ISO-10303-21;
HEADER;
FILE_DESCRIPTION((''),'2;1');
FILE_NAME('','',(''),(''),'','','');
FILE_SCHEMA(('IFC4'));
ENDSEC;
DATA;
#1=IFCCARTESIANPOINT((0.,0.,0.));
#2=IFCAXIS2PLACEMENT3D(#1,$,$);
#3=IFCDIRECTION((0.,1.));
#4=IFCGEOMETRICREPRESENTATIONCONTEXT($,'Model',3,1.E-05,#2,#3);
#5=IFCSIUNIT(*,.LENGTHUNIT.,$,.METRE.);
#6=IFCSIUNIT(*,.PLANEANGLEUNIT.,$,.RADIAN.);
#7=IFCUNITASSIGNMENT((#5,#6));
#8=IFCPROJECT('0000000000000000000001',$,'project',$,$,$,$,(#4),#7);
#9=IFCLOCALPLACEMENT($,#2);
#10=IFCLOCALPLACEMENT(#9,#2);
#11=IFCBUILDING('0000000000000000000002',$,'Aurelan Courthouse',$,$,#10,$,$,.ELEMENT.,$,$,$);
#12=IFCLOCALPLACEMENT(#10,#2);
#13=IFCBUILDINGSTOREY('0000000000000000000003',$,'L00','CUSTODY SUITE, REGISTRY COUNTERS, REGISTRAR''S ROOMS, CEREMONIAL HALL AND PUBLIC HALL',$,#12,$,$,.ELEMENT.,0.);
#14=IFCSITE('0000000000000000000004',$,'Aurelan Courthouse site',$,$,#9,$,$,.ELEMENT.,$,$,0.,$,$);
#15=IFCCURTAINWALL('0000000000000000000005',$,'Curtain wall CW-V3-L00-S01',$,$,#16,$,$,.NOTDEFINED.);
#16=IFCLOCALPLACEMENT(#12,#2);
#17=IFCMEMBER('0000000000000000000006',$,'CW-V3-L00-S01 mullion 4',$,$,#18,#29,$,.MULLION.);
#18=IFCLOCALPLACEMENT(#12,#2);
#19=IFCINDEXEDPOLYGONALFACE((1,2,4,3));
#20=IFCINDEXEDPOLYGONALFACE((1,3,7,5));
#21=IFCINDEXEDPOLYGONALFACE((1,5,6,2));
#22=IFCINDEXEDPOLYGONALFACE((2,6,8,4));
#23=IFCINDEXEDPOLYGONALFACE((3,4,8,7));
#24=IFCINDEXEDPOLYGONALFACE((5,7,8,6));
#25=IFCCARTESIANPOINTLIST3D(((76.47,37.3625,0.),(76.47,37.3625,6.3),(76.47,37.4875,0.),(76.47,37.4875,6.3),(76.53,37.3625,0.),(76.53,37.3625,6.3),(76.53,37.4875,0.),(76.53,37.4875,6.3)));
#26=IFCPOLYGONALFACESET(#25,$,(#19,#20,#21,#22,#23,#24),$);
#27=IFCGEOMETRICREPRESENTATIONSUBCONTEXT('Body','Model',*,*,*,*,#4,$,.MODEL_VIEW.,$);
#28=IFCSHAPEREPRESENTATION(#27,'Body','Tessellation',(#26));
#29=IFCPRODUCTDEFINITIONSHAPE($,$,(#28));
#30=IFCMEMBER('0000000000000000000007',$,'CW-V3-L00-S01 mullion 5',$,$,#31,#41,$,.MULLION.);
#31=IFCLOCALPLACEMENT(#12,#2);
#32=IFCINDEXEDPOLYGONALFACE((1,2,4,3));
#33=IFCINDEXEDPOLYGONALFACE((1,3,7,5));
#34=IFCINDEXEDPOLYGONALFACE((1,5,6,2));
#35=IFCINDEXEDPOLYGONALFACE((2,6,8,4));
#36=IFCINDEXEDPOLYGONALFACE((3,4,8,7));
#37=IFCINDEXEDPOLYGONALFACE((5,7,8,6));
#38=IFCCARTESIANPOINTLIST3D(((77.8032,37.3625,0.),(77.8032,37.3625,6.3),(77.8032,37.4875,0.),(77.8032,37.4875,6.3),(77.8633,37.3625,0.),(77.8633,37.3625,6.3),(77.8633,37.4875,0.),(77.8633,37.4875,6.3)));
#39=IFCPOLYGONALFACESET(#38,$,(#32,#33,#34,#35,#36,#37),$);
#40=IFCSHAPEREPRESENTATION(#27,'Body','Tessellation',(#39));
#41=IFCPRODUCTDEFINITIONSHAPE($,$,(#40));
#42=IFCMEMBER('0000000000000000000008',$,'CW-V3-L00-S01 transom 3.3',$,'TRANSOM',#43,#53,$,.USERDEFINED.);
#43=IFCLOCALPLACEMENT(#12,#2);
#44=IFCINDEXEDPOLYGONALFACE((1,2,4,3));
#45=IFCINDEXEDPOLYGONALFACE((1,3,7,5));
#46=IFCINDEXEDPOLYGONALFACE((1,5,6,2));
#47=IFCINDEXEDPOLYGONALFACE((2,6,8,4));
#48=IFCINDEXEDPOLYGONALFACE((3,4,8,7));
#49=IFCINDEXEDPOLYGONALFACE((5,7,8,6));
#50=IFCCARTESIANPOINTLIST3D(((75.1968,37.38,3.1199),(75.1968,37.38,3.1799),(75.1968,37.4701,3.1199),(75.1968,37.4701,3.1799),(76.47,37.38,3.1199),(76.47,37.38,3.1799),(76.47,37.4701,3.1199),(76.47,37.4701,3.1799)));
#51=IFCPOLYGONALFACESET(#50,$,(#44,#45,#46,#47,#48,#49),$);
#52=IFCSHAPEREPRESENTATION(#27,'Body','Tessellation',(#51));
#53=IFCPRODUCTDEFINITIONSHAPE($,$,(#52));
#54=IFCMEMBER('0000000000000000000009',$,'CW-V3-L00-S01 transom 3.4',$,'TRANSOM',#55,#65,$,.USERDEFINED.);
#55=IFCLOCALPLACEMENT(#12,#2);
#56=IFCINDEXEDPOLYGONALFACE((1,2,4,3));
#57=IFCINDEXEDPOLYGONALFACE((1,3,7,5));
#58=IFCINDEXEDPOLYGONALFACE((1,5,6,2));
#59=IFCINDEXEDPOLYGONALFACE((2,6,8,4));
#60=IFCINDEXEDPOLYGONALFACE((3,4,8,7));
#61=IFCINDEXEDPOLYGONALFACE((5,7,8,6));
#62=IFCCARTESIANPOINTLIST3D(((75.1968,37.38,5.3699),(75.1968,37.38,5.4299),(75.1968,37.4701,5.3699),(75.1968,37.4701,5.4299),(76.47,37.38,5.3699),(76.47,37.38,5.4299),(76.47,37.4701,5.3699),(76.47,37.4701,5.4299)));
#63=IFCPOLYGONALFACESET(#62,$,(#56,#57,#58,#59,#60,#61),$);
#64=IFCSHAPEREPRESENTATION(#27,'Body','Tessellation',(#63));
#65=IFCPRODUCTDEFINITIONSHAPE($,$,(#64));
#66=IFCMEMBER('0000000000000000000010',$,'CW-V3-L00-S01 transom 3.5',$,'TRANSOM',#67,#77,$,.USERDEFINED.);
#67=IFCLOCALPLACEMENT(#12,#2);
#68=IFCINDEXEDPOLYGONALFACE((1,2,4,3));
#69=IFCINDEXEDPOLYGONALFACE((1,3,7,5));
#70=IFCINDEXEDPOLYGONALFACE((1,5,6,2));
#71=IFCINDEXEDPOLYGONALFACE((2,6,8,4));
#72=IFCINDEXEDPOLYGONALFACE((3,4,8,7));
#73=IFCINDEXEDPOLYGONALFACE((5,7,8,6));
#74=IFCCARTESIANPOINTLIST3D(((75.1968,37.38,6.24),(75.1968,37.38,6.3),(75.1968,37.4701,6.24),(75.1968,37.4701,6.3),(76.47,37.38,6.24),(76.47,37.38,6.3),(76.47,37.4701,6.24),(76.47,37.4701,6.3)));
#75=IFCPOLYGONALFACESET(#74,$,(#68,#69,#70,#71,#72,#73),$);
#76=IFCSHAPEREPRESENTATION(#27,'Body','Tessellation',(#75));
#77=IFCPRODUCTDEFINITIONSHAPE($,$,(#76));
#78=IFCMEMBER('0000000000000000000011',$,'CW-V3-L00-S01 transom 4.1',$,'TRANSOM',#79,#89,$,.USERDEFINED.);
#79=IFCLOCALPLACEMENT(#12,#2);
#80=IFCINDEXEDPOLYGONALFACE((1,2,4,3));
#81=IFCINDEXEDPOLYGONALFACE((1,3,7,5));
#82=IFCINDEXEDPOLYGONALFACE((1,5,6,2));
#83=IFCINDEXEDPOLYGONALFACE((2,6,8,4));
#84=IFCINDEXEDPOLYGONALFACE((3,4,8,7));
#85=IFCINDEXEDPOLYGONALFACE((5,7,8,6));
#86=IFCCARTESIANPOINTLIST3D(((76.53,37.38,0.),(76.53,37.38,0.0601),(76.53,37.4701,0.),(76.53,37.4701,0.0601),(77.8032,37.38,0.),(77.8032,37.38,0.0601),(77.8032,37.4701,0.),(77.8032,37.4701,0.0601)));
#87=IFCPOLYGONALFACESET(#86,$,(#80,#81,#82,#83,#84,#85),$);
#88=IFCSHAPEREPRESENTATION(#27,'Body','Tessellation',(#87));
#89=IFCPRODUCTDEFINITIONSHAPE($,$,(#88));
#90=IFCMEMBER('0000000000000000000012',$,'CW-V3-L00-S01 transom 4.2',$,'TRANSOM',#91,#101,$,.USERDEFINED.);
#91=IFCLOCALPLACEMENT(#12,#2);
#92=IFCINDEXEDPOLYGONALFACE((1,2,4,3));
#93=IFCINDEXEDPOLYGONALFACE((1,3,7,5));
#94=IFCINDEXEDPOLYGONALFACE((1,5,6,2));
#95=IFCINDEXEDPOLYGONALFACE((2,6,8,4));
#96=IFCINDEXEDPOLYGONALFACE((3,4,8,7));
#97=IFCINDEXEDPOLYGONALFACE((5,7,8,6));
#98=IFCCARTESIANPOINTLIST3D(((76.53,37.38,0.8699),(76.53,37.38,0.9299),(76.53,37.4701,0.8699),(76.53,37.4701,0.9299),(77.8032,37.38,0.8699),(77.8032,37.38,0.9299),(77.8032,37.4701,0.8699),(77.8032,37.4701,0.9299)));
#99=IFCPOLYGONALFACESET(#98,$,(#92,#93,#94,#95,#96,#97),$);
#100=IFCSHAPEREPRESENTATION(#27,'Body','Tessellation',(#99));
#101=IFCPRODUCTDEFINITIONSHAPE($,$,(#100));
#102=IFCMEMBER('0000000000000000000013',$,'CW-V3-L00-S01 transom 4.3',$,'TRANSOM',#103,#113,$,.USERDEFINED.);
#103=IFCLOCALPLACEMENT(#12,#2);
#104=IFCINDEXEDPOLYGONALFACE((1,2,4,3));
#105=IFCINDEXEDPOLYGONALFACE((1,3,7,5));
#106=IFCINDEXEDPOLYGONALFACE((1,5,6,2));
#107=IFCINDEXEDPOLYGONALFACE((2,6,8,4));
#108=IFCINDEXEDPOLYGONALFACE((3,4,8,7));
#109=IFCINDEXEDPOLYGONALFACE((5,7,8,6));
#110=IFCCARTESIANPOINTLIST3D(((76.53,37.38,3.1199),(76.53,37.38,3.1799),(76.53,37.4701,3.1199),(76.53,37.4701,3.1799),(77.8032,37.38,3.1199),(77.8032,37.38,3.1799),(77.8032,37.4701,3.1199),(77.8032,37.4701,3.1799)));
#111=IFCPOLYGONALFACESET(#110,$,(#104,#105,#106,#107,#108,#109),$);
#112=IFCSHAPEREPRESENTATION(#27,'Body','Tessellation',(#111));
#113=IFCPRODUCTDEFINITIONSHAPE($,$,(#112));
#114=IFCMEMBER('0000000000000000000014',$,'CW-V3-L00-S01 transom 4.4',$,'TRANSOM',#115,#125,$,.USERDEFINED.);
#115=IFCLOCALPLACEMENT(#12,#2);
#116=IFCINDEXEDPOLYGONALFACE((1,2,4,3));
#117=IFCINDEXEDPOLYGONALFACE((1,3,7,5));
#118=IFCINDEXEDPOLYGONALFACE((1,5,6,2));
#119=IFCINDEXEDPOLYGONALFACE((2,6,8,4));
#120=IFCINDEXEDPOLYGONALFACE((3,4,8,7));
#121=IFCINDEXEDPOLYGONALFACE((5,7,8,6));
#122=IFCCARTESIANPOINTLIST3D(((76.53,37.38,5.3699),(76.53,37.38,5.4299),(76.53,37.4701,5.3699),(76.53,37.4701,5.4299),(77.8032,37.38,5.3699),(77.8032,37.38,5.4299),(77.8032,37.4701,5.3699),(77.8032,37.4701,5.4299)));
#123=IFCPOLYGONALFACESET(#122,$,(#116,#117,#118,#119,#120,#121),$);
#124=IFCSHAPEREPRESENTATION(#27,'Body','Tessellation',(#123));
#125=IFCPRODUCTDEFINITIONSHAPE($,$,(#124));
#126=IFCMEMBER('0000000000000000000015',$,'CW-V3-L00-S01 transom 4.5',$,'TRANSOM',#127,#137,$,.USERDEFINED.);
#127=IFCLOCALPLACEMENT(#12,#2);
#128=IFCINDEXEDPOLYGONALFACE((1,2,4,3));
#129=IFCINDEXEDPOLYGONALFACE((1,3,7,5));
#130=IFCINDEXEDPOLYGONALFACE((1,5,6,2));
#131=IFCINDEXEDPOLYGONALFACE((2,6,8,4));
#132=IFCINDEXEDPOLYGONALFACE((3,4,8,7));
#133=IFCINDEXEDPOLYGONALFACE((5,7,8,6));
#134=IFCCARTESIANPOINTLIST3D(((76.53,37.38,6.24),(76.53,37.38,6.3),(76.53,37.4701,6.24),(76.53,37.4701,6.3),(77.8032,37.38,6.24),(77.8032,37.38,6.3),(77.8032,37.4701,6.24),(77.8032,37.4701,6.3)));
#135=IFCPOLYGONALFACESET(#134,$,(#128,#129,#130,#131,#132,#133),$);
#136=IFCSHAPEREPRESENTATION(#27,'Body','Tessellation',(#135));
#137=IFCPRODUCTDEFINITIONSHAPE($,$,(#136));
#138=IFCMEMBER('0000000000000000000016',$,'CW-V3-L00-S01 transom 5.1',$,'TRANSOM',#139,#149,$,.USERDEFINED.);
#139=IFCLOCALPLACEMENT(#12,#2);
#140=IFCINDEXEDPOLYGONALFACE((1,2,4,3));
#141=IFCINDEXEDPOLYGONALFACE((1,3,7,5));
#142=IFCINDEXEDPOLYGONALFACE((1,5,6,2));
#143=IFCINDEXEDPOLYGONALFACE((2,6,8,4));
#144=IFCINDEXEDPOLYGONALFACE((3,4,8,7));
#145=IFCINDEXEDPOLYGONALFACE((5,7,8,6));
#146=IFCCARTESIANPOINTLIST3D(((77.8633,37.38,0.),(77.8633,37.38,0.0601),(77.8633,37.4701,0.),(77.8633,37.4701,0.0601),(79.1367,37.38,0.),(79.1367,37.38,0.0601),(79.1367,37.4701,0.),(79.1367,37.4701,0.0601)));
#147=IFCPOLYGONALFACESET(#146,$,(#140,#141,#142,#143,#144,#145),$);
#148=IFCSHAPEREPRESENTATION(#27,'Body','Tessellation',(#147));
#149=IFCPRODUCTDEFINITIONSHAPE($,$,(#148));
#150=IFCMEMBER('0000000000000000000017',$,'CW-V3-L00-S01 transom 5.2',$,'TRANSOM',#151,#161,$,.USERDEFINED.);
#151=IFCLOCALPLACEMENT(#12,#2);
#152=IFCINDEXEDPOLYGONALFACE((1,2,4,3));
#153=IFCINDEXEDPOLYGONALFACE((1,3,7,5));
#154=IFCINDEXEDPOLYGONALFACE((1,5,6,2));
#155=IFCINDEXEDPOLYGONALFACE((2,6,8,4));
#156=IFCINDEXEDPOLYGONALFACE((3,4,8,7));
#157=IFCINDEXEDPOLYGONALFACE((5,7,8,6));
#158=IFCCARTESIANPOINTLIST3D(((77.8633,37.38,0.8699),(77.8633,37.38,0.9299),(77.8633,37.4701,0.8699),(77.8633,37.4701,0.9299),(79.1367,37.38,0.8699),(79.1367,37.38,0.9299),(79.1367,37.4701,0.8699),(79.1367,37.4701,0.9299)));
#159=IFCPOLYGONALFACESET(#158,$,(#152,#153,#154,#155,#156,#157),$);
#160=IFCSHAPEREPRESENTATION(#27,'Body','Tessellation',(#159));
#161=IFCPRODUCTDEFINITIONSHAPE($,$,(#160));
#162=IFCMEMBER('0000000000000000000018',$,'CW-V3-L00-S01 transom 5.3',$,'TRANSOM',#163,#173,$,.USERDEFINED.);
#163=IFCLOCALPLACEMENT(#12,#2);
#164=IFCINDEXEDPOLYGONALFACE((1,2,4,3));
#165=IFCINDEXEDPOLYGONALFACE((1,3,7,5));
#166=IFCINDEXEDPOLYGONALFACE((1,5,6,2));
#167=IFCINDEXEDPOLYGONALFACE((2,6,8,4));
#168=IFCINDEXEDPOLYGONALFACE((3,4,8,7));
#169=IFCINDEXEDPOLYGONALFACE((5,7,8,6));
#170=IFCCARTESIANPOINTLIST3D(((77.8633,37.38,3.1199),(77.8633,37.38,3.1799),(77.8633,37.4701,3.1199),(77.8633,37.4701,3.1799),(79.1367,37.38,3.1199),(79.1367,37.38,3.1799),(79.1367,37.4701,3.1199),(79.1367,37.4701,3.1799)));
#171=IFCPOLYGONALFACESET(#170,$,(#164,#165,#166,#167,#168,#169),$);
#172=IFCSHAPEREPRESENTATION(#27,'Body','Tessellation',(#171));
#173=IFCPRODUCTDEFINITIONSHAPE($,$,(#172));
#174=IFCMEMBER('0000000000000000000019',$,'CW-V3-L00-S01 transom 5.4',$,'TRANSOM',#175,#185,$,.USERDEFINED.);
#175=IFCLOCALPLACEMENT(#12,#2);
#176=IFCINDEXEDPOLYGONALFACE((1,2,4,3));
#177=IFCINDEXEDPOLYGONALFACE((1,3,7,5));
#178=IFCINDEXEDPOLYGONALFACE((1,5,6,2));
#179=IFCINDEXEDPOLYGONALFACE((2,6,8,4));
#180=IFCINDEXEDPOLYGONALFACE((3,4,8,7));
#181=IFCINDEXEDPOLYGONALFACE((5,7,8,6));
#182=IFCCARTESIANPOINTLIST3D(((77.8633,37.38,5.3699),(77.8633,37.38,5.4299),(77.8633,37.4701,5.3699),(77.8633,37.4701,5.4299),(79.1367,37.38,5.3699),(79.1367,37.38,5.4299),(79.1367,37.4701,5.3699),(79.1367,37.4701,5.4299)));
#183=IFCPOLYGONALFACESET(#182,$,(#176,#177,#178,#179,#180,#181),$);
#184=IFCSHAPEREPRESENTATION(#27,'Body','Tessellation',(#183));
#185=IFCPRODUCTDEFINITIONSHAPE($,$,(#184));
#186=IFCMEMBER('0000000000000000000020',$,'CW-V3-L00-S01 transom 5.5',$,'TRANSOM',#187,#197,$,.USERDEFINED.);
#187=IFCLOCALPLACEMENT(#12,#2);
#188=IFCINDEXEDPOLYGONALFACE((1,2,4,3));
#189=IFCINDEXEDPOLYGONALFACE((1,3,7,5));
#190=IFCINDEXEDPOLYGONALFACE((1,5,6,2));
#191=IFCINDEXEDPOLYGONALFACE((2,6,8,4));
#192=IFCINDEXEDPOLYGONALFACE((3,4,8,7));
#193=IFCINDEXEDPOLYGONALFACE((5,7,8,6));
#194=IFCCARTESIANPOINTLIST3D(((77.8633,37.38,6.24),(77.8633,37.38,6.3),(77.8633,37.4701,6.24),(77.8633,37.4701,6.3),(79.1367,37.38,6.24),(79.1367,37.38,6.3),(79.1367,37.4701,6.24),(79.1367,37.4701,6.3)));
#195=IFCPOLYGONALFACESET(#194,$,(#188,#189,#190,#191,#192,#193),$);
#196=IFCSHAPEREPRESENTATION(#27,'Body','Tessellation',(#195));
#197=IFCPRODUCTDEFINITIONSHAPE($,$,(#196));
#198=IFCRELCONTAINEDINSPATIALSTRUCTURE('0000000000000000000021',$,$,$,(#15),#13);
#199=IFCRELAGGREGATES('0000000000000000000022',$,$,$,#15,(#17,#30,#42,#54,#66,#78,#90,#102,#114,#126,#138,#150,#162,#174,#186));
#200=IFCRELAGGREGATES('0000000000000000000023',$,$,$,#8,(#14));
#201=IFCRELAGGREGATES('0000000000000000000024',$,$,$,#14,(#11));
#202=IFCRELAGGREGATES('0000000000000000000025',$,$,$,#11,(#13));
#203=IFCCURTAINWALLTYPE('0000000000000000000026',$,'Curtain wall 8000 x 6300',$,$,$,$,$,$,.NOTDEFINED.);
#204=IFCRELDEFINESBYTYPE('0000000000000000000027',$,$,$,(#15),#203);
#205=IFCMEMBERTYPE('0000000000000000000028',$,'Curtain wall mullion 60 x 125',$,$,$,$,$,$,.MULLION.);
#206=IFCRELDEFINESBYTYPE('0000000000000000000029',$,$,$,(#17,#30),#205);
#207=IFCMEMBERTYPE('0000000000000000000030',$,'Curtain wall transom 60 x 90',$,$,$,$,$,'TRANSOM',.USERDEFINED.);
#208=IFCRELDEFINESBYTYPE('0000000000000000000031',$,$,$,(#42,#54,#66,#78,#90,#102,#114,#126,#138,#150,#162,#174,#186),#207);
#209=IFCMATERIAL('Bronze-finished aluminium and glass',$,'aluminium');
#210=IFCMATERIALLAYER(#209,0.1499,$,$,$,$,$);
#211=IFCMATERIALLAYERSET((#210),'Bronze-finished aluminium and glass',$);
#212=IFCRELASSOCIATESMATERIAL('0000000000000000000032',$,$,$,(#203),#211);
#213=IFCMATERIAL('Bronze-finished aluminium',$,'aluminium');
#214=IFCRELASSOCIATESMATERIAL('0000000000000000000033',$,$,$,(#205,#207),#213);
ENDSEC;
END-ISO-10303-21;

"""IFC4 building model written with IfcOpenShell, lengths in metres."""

from ifc_helpers import new_model, si_unit, direction, frame, origin, origin_2d, place, context, subcontext, project, spatial, rectangle, extrude, material, layer, layer_set, material_profile, profile_set, type_object, element, aggregate, save


model = new_model("IFC4")

# Units and contexts
model_context = context("Model", 3, precision=1e-05, world=origin(), true_north=direction((0.0, 1.0)))
body_context = subcontext(model_context, "Body", "Model", "MODEL_VIEW")
ifc_project = project(units=[si_unit("LENGTHUNIT", "METRE"), si_unit("PLANEANGLEUNIT", "RADIAN")], contexts=[model_context])

# Site, building, storey
site_placement = place(None, origin())
site = spatial("IfcSite", under=ifc_project, at=site_placement, Name="Aurelan Courthouse site", CompositionType="ELEMENT", RefElevation=0.0)
building_placement = place(site_placement, origin())
building = spatial("IfcBuilding", under=site, at=building_placement, Name="Aurelan Courthouse", CompositionType="ELEMENT")
storey_placement = place(building_placement, origin())
storey = spatial("IfcBuildingStorey", under=building, at=storey_placement, Name="L00", Description="CUSTODY SUITE, REGISTRY COUNTERS, REGISTRAR'S ROOMS, CEREMONIAL HALL AND PUBLIC HALL", CompositionType="ELEMENT", Elevation=0.0)

# Curtain wall, members
ifc_material_1 = material(Name="Bronze-finished aluminium and glass", Category="aluminium")
ifc_layer_1 = layer(ifc_material_1, 0.1499)
ifc_layer_set_1 = layer_set([ifc_layer_1], Name="Bronze-finished aluminium and glass")
curtain_wall_type = type_object("IfcCurtainWallType", Name="Curtain wall 8000 x 6300", PredefinedType="NOTDEFINED", material=ifc_layer_set_1)
curtain_wall_placement = place(storey_placement, origin())
curtain_wall = element("IfcCurtainWall", 1, at=curtain_wall_placement, inside=storey, type_object=curtain_wall_type, Name="Curtain wall CW-V3-L00-S01", PredefinedType="NOTDEFINED")
ifc_material_2 = material(Name="Bronze-finished aluminium", Category="aluminium")
ifc_material_profile_1 = material_profile(ifc_material_2, rectangle(XDim=0.125, YDim=0.0601, at=origin_2d()), Name="Bronze mullion 60 x 125")
ifc_profile_set_1 = profile_set([ifc_material_profile_1], Name="Bronze-finished aluminium")
member_type_1 = type_object("IfcMemberType", Name="Curtain wall mullion 60 x 125", PredefinedType="MULLION", material=ifc_profile_set_1)
member_1_placement = place(storey_placement, frame((76.5, 37.425, 0.0), z_axis=(0.0, 0.0, 1.0), x_axis=(0.0, 1.0, 0.0)))
member_1 = element("IfcMember", 2, at=member_1_placement, type_object=member_type_1, Name="CW-V3-L00-S01 mullion 4", PredefinedType="MULLION", context=body_context, shape_type="SweptSolid", body=[
    extrude(rectangle(XDim=0.125, YDim=0.0601, at=origin_2d()), origin(), (0.0, 0.0, 1.0), 6.3),
])
member_2_placement = place(storey_placement, frame((77.8333, 37.425, 0.0), z_axis=(0.0, 0.0, 1.0), x_axis=(0.0, 1.0, 0.0)))
member_2 = element("IfcMember", 3, at=member_2_placement, type_object=member_type_1, Name="CW-V3-L00-S01 mullion 5", PredefinedType="MULLION", context=body_context, shape_type="SweptSolid", body=[
    extrude(rectangle(XDim=0.125, YDim=0.0601, at=origin_2d()), origin(), (0.0, 0.0, 1.0), 6.3),
])
ifc_material_profile_2 = material_profile(ifc_material_2, rectangle(XDim=0.0901, YDim=0.0601, at=origin_2d()), Name="Bronze transom 60 x 90")
ifc_profile_set_2 = profile_set([ifc_material_profile_2], Name="Bronze-finished aluminium")
member_type_2 = type_object("IfcMemberType", Name="Curtain wall transom 60 x 90", ElementType="TRANSOM", PredefinedType="USERDEFINED", material=ifc_profile_set_2)
member_3_placement = place(storey_placement, frame((75.1968, 37.425, 3.1499), z_axis=(1.0, 0.0, 0.0), x_axis=(0.0, 1.0, 0.0)))
member_3 = element("IfcMember", 4, at=member_3_placement, type_object=member_type_2, Name="CW-V3-L00-S01 transom 3.3", ObjectType="TRANSOM", PredefinedType="USERDEFINED", context=body_context, shape_type="SweptSolid", body=[
    extrude(rectangle(XDim=0.0901, YDim=0.0601, at=origin_2d()), origin(), (0.0, 0.0, 1.0), 1.2732),
])
member_4_placement = place(storey_placement, frame((75.1968, 37.425, 5.3999), z_axis=(1.0, 0.0, 0.0), x_axis=(0.0, 1.0, 0.0)))
member_4 = element("IfcMember", 5, at=member_4_placement, type_object=member_type_2, Name="CW-V3-L00-S01 transom 3.4", ObjectType="TRANSOM", PredefinedType="USERDEFINED", context=body_context, shape_type="SweptSolid", body=[
    extrude(rectangle(XDim=0.0901, YDim=0.0601, at=origin_2d()), origin(), (0.0, 0.0, 1.0), 1.2732),
])
member_5_placement = place(storey_placement, frame((75.1968, 37.425, 6.27), z_axis=(1.0, 0.0, 0.0), x_axis=(0.0, 1.0, 0.0)))
member_5 = element("IfcMember", 6, at=member_5_placement, type_object=member_type_2, Name="CW-V3-L00-S01 transom 3.5", ObjectType="TRANSOM", PredefinedType="USERDEFINED", context=body_context, shape_type="SweptSolid", body=[
    extrude(rectangle(XDim=0.0901, YDim=0.0601, at=origin_2d()), origin(), (0.0, 0.0, 1.0), 1.2732),
])
member_6_placement = place(storey_placement, frame((76.53, 37.425, 0.03), z_axis=(1.0, 0.0, 0.0), x_axis=(0.0, 1.0, 0.0)))
member_6 = element("IfcMember", 7, at=member_6_placement, type_object=member_type_2, Name="CW-V3-L00-S01 transom 4.1", ObjectType="TRANSOM", PredefinedType="USERDEFINED", context=body_context, shape_type="SweptSolid", body=[
    extrude(rectangle(XDim=0.0901, YDim=0.0601, at=origin_2d()), origin(), (0.0, 0.0, 1.0), 1.2732),
])
member_7_placement = place(storey_placement, frame((76.53, 37.425, 0.8999), z_axis=(1.0, 0.0, 0.0), x_axis=(0.0, 1.0, 0.0)))
member_7 = element("IfcMember", 8, at=member_7_placement, type_object=member_type_2, Name="CW-V3-L00-S01 transom 4.2", ObjectType="TRANSOM", PredefinedType="USERDEFINED", context=body_context, shape_type="SweptSolid", body=[
    extrude(rectangle(XDim=0.0901, YDim=0.0601, at=origin_2d()), origin(), (0.0, 0.0, 1.0), 1.2732),
])
member_8_placement = place(storey_placement, frame((76.53, 37.425, 3.1499), z_axis=(1.0, 0.0, 0.0), x_axis=(0.0, 1.0, 0.0)))
member_8 = element("IfcMember", 9, at=member_8_placement, type_object=member_type_2, Name="CW-V3-L00-S01 transom 4.3", ObjectType="TRANSOM", PredefinedType="USERDEFINED", context=body_context, shape_type="SweptSolid", body=[
    extrude(rectangle(XDim=0.0901, YDim=0.0601, at=origin_2d()), origin(), (0.0, 0.0, 1.0), 1.2732),
])
member_9_placement = place(storey_placement, frame((76.53, 37.425, 5.3999), z_axis=(1.0, 0.0, 0.0), x_axis=(0.0, 1.0, 0.0)))
member_9 = element("IfcMember", 10, at=member_9_placement, type_object=member_type_2, Name="CW-V3-L00-S01 transom 4.4", ObjectType="TRANSOM", PredefinedType="USERDEFINED", context=body_context, shape_type="SweptSolid", body=[
    extrude(rectangle(XDim=0.0901, YDim=0.0601, at=origin_2d()), origin(), (0.0, 0.0, 1.0), 1.2732),
])
member_10_placement = place(storey_placement, frame((76.53, 37.425, 6.27), z_axis=(1.0, 0.0, 0.0), x_axis=(0.0, 1.0, 0.0)))
member_10 = element("IfcMember", 11, at=member_10_placement, type_object=member_type_2, Name="CW-V3-L00-S01 transom 4.5", ObjectType="TRANSOM", PredefinedType="USERDEFINED", context=body_context, shape_type="SweptSolid", body=[
    extrude(rectangle(XDim=0.0901, YDim=0.0601, at=origin_2d()), origin(), (0.0, 0.0, 1.0), 1.2732),
])
member_11_placement = place(storey_placement, frame((77.8633, 37.425, 0.03), z_axis=(1.0, 0.0, 0.0), x_axis=(0.0, 1.0, 0.0)))
member_11 = element("IfcMember", 12, at=member_11_placement, type_object=member_type_2, Name="CW-V3-L00-S01 transom 5.1", ObjectType="TRANSOM", PredefinedType="USERDEFINED", context=body_context, shape_type="SweptSolid", body=[
    extrude(rectangle(XDim=0.0901, YDim=0.0601, at=origin_2d()), origin(), (0.0, 0.0, 1.0), 1.2734),
])
member_12_placement = place(storey_placement, frame((77.8633, 37.425, 0.8999), z_axis=(1.0, 0.0, 0.0), x_axis=(0.0, 1.0, 0.0)))
member_12 = element("IfcMember", 13, at=member_12_placement, type_object=member_type_2, Name="CW-V3-L00-S01 transom 5.2", ObjectType="TRANSOM", PredefinedType="USERDEFINED", context=body_context, shape_type="SweptSolid", body=[
    extrude(rectangle(XDim=0.0901, YDim=0.0601, at=origin_2d()), origin(), (0.0, 0.0, 1.0), 1.2734),
])
member_13_placement = place(storey_placement, frame((77.8633, 37.425, 3.1499), z_axis=(1.0, 0.0, 0.0), x_axis=(0.0, 1.0, 0.0)))
member_13 = element("IfcMember", 14, at=member_13_placement, type_object=member_type_2, Name="CW-V3-L00-S01 transom 5.3", ObjectType="TRANSOM", PredefinedType="USERDEFINED", context=body_context, shape_type="SweptSolid", body=[
    extrude(rectangle(XDim=0.0901, YDim=0.0601, at=origin_2d()), origin(), (0.0, 0.0, 1.0), 1.2734),
])
member_14_placement = place(storey_placement, frame((77.8633, 37.425, 5.3999), z_axis=(1.0, 0.0, 0.0), x_axis=(0.0, 1.0, 0.0)))
member_14 = element("IfcMember", 15, at=member_14_placement, type_object=member_type_2, Name="CW-V3-L00-S01 transom 5.4", ObjectType="TRANSOM", PredefinedType="USERDEFINED", context=body_context, shape_type="SweptSolid", body=[
    extrude(rectangle(XDim=0.0901, YDim=0.0601, at=origin_2d()), origin(), (0.0, 0.0, 1.0), 1.2734),
])
member_15_placement = place(storey_placement, frame((77.8633, 37.425, 6.27), z_axis=(1.0, 0.0, 0.0), x_axis=(0.0, 1.0, 0.0)))
member_15 = element("IfcMember", 16, at=member_15_placement, type_object=member_type_2, Name="CW-V3-L00-S01 transom 5.5", ObjectType="TRANSOM", PredefinedType="USERDEFINED", context=body_context, shape_type="SweptSolid", body=[
    extrude(rectangle(XDim=0.0901, YDim=0.0601, at=origin_2d()), origin(), (0.0, 0.0, 1.0), 1.2734),
])
aggregate(curtain_wall, [member_1, member_2, member_3, member_4, member_5, member_6, member_7, member_8, member_9, member_10, member_11, member_12, member_13, member_14, member_15])

save(model, "model.ifc")
